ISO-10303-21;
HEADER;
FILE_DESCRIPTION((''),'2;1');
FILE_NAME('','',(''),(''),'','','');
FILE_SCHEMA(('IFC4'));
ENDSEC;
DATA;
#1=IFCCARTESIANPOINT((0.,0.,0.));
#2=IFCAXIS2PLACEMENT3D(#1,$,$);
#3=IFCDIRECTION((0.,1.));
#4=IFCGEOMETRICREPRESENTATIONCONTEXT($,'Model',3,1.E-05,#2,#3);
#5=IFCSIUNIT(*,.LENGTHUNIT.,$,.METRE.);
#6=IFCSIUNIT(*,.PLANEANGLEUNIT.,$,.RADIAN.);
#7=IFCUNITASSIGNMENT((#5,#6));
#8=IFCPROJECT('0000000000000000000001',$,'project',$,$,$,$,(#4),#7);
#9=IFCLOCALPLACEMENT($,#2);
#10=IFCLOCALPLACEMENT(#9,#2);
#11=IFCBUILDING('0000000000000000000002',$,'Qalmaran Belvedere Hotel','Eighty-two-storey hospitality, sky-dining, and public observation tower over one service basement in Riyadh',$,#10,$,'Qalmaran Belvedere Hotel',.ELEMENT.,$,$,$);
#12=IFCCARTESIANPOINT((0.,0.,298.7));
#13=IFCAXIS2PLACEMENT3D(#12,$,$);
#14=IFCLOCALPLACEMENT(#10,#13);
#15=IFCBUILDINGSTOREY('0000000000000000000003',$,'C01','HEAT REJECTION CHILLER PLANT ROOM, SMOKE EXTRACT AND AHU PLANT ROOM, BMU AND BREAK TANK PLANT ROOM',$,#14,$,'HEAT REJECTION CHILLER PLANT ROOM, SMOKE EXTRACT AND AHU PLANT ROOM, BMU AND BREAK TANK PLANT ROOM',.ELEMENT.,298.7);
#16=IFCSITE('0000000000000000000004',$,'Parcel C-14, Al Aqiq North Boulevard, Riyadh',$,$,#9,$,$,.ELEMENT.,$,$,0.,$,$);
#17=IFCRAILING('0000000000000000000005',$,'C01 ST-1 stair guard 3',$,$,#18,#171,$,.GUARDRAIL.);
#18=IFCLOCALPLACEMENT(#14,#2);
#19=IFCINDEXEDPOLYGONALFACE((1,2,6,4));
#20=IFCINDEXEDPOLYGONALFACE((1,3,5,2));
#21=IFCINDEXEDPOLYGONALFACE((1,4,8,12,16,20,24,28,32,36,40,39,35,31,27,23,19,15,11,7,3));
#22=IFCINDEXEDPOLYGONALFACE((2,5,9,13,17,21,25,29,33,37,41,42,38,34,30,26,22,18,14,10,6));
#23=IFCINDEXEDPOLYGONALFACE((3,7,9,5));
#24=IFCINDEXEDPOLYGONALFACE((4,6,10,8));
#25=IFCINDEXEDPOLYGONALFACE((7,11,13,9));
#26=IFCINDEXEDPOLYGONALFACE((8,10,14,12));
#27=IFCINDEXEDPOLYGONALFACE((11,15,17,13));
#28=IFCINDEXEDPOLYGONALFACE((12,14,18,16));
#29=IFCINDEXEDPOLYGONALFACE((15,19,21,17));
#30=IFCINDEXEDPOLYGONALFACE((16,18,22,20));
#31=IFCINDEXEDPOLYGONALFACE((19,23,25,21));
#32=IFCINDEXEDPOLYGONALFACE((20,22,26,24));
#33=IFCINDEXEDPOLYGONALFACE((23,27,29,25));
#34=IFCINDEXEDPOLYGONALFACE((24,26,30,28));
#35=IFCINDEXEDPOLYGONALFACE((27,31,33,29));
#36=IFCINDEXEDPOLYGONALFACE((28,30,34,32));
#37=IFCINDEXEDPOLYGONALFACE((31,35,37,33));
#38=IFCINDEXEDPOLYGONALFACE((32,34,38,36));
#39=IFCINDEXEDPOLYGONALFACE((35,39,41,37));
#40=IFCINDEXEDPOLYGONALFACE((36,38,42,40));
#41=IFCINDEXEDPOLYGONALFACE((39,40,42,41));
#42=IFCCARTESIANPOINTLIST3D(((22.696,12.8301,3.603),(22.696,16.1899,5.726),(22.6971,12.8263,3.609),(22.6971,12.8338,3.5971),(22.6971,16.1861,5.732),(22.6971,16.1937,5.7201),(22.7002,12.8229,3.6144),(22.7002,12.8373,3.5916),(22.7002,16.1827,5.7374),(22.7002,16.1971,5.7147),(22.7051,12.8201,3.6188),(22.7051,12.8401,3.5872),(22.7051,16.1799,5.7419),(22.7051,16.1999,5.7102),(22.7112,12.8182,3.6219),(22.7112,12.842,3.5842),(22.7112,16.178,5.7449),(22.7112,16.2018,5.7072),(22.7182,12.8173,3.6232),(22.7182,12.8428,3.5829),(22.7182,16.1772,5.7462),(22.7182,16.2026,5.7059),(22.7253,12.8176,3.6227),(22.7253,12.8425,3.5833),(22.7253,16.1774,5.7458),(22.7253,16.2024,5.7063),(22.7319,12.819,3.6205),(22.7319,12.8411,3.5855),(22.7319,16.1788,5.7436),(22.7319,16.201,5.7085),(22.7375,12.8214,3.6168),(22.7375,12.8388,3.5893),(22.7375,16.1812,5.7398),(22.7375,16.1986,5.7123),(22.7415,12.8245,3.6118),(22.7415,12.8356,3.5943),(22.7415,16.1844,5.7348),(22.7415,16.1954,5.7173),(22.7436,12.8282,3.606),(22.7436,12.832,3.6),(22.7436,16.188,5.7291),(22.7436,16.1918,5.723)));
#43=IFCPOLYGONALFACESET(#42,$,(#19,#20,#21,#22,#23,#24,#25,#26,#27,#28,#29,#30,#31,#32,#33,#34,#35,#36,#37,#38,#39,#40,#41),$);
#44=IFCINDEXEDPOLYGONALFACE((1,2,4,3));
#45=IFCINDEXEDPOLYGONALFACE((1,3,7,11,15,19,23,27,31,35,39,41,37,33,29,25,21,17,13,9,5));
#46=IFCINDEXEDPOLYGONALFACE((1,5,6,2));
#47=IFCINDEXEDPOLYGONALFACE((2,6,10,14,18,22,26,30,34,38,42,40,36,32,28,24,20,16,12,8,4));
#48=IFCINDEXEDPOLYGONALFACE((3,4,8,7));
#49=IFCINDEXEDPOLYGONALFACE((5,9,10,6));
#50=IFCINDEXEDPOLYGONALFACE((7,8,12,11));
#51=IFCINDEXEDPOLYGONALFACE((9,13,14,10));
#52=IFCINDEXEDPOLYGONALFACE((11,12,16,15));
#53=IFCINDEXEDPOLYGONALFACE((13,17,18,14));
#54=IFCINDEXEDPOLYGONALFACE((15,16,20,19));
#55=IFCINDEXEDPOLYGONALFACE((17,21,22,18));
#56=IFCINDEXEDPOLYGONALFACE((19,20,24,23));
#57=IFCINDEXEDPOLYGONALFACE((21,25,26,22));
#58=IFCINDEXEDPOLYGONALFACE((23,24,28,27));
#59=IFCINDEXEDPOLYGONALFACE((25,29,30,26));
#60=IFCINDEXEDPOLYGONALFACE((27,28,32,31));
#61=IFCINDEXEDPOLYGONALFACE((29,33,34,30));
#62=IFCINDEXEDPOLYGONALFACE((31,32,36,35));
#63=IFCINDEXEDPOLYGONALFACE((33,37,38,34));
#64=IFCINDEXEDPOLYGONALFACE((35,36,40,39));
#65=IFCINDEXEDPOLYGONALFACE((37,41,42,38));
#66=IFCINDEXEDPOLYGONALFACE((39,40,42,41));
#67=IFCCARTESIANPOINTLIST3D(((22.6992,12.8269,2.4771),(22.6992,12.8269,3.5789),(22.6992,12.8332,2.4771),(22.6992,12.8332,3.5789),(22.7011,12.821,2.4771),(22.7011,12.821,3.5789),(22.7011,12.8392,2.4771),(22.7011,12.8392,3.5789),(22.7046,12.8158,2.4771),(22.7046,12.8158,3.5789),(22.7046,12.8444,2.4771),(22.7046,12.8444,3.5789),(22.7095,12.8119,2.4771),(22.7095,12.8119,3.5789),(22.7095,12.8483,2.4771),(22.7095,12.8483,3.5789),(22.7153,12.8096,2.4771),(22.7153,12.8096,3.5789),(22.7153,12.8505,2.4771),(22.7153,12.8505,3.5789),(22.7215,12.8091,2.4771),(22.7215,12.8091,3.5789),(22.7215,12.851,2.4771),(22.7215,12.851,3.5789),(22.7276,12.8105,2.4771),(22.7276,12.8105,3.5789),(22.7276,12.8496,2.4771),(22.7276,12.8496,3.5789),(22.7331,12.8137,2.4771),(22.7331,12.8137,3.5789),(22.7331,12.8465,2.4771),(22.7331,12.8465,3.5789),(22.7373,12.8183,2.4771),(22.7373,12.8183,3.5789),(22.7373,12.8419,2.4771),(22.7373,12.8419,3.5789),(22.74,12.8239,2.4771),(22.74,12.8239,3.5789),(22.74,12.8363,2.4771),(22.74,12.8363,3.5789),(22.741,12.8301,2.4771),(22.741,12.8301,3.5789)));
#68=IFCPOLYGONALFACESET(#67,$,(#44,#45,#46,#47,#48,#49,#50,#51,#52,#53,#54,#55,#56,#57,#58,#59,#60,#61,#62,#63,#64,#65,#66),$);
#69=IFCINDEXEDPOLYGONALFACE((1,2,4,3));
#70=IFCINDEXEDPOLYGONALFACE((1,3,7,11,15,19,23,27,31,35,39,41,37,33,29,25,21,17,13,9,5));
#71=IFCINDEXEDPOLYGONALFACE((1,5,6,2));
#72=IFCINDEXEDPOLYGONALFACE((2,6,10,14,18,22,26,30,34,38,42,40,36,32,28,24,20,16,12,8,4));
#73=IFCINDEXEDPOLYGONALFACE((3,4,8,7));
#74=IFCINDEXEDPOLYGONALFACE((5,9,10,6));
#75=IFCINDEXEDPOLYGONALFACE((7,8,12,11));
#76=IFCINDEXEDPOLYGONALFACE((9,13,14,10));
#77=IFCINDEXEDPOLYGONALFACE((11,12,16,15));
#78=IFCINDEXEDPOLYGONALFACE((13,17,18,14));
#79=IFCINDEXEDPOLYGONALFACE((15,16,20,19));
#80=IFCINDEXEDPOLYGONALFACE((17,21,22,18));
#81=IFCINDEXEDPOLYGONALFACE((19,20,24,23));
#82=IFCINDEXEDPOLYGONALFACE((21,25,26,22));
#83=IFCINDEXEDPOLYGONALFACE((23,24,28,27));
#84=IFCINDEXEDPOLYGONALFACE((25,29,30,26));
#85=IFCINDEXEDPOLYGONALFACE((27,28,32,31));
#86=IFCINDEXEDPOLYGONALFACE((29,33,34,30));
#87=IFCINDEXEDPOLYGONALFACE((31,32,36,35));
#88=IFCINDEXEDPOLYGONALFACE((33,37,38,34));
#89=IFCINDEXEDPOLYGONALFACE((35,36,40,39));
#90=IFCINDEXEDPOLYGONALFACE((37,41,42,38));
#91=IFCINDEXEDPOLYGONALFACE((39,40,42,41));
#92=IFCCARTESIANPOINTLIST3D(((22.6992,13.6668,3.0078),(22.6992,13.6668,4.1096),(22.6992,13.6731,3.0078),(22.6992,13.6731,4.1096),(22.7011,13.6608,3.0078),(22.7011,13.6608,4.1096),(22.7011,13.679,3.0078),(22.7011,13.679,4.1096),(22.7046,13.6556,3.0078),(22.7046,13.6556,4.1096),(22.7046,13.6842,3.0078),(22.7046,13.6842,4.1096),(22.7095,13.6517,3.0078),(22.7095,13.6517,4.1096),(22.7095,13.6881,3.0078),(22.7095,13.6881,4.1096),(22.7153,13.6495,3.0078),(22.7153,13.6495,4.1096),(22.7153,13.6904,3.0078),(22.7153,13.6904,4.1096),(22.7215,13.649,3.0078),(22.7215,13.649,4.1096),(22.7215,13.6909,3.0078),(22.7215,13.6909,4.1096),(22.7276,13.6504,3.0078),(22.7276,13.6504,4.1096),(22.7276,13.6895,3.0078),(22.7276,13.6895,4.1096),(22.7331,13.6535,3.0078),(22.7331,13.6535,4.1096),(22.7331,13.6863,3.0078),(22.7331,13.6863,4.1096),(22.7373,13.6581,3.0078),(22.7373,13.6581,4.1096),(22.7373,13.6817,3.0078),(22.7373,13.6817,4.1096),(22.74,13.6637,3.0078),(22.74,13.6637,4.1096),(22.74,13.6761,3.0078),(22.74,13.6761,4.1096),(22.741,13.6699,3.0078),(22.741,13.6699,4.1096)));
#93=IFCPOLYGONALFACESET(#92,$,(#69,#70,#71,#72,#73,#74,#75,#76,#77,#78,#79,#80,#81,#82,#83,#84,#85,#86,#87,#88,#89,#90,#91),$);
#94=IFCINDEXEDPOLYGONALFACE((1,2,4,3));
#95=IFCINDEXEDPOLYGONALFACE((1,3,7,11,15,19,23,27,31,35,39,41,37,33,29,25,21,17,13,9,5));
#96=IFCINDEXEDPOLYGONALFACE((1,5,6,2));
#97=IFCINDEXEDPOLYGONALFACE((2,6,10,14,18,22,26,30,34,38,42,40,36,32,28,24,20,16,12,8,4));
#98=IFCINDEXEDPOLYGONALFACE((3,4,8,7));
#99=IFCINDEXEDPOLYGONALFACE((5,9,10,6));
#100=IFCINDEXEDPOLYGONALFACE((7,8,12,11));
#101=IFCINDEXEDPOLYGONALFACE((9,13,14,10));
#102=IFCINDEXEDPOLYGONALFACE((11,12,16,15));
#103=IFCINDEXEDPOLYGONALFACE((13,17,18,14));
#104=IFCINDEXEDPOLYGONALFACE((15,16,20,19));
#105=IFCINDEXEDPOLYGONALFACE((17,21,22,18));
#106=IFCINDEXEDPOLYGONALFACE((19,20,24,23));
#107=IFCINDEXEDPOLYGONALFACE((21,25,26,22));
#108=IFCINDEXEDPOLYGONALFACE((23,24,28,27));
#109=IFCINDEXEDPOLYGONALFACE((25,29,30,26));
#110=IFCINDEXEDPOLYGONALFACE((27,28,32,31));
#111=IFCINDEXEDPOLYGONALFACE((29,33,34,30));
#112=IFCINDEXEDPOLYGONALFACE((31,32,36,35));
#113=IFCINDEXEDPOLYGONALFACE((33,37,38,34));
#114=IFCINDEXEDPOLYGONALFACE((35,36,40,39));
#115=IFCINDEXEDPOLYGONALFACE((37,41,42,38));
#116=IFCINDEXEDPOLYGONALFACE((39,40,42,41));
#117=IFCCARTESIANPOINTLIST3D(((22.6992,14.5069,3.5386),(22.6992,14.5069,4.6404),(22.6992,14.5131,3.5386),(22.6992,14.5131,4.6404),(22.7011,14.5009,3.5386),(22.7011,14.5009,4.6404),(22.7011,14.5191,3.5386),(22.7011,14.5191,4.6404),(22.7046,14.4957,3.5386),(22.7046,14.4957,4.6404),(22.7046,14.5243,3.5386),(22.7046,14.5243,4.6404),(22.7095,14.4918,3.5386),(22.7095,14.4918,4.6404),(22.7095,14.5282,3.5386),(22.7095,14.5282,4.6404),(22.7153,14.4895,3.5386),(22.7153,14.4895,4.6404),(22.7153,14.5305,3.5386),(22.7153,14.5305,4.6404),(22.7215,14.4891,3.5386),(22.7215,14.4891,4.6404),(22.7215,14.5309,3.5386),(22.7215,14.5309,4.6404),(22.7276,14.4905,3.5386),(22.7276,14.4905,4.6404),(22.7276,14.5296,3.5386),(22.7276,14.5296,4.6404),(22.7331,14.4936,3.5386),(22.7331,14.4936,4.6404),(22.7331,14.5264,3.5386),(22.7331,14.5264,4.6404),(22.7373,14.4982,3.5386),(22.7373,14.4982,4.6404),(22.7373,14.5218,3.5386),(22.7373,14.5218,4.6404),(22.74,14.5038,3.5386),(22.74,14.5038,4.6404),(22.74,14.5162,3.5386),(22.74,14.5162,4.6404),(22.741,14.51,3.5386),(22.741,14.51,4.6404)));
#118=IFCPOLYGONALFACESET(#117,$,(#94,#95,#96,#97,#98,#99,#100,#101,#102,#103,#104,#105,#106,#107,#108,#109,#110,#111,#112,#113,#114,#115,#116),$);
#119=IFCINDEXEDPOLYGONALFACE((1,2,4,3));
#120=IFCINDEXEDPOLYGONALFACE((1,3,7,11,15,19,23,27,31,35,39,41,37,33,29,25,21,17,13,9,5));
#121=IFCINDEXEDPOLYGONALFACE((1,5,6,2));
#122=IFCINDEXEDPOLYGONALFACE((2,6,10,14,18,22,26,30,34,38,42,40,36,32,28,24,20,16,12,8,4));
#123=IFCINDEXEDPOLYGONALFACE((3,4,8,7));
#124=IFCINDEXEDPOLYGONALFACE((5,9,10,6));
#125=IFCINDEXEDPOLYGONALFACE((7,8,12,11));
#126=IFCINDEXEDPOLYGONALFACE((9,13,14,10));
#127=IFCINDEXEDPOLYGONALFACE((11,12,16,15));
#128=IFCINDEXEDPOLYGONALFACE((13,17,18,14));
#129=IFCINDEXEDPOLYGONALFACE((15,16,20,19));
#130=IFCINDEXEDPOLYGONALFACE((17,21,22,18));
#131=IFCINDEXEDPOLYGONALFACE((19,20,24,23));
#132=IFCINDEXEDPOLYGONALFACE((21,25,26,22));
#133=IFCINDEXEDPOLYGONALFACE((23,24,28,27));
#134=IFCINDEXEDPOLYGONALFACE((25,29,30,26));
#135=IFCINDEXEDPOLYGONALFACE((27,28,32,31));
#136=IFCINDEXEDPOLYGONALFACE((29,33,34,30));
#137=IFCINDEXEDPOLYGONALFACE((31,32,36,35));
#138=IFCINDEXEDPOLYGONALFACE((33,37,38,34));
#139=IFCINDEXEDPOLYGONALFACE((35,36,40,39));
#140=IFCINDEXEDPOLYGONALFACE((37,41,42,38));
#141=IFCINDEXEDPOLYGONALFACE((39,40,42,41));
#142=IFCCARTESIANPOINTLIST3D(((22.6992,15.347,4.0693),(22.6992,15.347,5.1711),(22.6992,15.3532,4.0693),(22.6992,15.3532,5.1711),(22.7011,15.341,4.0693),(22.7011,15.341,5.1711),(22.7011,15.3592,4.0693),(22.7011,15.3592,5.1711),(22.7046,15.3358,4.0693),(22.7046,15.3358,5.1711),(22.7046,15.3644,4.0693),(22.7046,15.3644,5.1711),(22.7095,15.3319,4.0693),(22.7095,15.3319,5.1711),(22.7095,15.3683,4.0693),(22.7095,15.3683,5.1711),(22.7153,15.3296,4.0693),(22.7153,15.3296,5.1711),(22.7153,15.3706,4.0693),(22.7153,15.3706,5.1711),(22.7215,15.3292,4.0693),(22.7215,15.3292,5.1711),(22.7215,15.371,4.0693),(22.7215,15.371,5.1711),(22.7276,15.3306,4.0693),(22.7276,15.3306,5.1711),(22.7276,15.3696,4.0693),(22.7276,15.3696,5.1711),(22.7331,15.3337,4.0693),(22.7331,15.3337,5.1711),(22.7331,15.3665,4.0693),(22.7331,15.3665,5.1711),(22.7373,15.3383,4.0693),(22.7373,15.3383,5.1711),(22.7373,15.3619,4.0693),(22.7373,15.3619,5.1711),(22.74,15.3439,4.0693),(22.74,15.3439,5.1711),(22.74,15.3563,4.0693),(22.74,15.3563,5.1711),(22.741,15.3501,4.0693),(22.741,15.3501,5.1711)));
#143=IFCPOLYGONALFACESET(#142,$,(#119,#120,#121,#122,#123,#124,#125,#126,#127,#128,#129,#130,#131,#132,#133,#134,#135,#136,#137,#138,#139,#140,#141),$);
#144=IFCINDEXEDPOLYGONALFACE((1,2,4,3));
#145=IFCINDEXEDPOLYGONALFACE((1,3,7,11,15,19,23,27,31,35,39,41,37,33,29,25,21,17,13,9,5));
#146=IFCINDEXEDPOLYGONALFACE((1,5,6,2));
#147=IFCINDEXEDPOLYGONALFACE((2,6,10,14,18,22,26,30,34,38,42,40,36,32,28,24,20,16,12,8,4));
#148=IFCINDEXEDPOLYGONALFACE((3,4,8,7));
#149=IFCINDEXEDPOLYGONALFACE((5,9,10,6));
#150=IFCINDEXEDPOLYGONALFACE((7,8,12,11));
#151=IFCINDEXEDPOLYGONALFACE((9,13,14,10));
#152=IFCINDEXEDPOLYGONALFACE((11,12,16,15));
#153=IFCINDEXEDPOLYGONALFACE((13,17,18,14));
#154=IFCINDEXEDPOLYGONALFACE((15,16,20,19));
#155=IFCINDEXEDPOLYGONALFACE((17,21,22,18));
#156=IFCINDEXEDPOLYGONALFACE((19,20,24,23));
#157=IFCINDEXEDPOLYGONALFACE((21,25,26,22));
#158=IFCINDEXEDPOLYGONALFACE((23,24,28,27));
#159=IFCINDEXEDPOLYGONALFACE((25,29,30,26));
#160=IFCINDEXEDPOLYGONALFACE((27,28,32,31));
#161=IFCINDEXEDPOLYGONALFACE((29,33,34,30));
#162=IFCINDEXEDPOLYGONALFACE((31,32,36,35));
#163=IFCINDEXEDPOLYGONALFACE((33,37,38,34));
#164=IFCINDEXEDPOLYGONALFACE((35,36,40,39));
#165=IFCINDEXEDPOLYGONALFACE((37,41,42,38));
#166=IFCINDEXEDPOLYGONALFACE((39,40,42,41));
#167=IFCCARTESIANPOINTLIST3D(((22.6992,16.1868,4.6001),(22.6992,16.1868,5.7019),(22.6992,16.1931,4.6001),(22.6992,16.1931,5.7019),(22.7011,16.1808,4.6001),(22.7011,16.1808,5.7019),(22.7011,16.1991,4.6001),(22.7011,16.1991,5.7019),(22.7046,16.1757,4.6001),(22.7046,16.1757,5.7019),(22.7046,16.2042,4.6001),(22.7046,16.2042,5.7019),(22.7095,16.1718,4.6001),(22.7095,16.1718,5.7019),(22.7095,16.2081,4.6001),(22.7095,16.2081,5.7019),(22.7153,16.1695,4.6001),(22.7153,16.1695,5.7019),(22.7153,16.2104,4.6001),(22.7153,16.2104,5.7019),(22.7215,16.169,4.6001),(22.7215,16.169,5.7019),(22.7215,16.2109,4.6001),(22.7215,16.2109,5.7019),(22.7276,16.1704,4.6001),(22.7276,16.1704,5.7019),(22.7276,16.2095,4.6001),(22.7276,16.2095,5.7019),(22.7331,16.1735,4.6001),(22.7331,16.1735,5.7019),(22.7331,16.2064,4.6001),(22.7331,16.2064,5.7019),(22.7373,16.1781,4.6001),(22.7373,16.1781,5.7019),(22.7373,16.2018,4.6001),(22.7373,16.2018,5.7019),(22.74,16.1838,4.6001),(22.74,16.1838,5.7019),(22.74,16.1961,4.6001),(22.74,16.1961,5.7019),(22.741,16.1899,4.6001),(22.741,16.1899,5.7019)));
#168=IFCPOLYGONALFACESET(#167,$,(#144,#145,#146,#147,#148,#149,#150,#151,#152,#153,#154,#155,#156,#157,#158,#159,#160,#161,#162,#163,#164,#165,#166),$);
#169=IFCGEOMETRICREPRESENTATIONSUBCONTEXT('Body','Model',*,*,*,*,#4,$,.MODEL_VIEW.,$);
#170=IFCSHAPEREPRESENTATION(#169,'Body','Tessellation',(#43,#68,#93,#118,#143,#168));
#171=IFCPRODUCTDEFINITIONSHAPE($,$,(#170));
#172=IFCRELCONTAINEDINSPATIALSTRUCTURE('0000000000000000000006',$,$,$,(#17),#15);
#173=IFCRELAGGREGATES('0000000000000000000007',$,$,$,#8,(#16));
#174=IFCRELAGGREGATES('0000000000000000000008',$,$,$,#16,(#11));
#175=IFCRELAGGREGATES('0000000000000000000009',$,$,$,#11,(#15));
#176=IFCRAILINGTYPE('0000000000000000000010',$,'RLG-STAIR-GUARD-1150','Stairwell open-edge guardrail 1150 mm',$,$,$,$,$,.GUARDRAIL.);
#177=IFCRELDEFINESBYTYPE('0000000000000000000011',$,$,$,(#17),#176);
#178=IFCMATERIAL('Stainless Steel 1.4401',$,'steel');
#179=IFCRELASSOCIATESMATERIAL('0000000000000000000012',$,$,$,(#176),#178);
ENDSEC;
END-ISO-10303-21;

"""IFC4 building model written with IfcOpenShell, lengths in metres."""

from ifc_helpers import new_model, si_unit, direction, frame, origin, origin_2d, place, context, subcontext, project, spatial, circle, extrude, material, type_object, element, save


model = new_model("IFC4")

# Units and contexts
model_context = context("Model", 3, precision=1e-05, world=origin(), true_north=direction((0.0, 1.0)))
body_context = subcontext(model_context, "Body", "Model", "MODEL_VIEW")
ifc_project = project(units=[si_unit("LENGTHUNIT", "METRE"), si_unit("PLANEANGLEUNIT", "RADIAN")], contexts=[model_context])

# Site, building, storey
site_placement = place(None, origin())
site = spatial("IfcSite", under=ifc_project, at=site_placement, Name="Parcel C-14, Al Aqiq North Boulevard, Riyadh", CompositionType="ELEMENT", RefElevation=0.0)
building_placement = place(site_placement, origin())
building = spatial("IfcBuilding", under=site, at=building_placement, Name="Qalmaran Belvedere Hotel", Description="Eighty-two-storey hospitality, sky-dining, and public observation tower over one service basement in Riyadh", LongName="Qalmaran Belvedere Hotel", CompositionType="ELEMENT")
storey_placement = place(building_placement, frame((0.0, 0.0, 298.7)))
storey = spatial("IfcBuildingStorey", under=building, at=storey_placement, Name="C01", Description="HEAT REJECTION CHILLER PLANT ROOM, SMOKE EXTRACT AND AHU PLANT ROOM, BMU AND BREAK TANK PLANT ROOM", LongName="HEAT REJECTION CHILLER PLANT ROOM, SMOKE EXTRACT AND AHU PLANT ROOM, BMU AND BREAK TANK PLANT ROOM", CompositionType="ELEMENT", Elevation=298.7)

# Railing
ifc_material_1 = material(Name="Stainless Steel 1.4401", Category="steel")
railing_type_1 = type_object("IfcRailingType", Name="RLG-STAIR-GUARD-1150", Description="Stairwell open-edge guardrail 1150 mm", PredefinedType="GUARDRAIL", material=ifc_material_1)
railing_1_placement = place(storey_placement, frame((22.72, 12.8301, 2.4771)))
element("IfcRailing", 1, at=railing_1_placement, inside=storey, type_object=railing_type_1, Name="C01 ST-1 stair guard 3", PredefinedType="GUARDRAIL", context=body_context, shape_type="SweptSolid", body=[
    extrude(circle(Radius=0.0239, at=origin_2d()), frame((0.0, 0.0, 1.126), z_axis=(0.0, 0.845372, 0.534178), x_axis=(-1.0, 0.0, 0.0)), (0.0, 0.0, 1.0), 3.9744),
    extrude(circle(Radius=0.021, at=origin_2d()), origin(), (0.0, 0.0, 1.0), 1.1018),
    extrude(circle(Radius=0.021, at=origin_2d()), frame((0.0, 0.8398, 0.5308)), (0.0, 0.0, 1.0), 1.1018),
    extrude(circle(Radius=0.021, at=origin_2d()), frame((0.0, 1.6799, 1.0615)), (0.0, 0.0, 1.0), 1.1018),
    extrude(circle(Radius=0.021, at=origin_2d()), frame((0.0, 2.52, 1.5923)), (0.0, 0.0, 1.0), 1.1018),
    extrude(circle(Radius=0.021, at=origin_2d()), frame((0.0, 3.3599, 2.123)), (0.0, 0.0, 1.0), 1.1018),
])

save(model, "model.ifc")
